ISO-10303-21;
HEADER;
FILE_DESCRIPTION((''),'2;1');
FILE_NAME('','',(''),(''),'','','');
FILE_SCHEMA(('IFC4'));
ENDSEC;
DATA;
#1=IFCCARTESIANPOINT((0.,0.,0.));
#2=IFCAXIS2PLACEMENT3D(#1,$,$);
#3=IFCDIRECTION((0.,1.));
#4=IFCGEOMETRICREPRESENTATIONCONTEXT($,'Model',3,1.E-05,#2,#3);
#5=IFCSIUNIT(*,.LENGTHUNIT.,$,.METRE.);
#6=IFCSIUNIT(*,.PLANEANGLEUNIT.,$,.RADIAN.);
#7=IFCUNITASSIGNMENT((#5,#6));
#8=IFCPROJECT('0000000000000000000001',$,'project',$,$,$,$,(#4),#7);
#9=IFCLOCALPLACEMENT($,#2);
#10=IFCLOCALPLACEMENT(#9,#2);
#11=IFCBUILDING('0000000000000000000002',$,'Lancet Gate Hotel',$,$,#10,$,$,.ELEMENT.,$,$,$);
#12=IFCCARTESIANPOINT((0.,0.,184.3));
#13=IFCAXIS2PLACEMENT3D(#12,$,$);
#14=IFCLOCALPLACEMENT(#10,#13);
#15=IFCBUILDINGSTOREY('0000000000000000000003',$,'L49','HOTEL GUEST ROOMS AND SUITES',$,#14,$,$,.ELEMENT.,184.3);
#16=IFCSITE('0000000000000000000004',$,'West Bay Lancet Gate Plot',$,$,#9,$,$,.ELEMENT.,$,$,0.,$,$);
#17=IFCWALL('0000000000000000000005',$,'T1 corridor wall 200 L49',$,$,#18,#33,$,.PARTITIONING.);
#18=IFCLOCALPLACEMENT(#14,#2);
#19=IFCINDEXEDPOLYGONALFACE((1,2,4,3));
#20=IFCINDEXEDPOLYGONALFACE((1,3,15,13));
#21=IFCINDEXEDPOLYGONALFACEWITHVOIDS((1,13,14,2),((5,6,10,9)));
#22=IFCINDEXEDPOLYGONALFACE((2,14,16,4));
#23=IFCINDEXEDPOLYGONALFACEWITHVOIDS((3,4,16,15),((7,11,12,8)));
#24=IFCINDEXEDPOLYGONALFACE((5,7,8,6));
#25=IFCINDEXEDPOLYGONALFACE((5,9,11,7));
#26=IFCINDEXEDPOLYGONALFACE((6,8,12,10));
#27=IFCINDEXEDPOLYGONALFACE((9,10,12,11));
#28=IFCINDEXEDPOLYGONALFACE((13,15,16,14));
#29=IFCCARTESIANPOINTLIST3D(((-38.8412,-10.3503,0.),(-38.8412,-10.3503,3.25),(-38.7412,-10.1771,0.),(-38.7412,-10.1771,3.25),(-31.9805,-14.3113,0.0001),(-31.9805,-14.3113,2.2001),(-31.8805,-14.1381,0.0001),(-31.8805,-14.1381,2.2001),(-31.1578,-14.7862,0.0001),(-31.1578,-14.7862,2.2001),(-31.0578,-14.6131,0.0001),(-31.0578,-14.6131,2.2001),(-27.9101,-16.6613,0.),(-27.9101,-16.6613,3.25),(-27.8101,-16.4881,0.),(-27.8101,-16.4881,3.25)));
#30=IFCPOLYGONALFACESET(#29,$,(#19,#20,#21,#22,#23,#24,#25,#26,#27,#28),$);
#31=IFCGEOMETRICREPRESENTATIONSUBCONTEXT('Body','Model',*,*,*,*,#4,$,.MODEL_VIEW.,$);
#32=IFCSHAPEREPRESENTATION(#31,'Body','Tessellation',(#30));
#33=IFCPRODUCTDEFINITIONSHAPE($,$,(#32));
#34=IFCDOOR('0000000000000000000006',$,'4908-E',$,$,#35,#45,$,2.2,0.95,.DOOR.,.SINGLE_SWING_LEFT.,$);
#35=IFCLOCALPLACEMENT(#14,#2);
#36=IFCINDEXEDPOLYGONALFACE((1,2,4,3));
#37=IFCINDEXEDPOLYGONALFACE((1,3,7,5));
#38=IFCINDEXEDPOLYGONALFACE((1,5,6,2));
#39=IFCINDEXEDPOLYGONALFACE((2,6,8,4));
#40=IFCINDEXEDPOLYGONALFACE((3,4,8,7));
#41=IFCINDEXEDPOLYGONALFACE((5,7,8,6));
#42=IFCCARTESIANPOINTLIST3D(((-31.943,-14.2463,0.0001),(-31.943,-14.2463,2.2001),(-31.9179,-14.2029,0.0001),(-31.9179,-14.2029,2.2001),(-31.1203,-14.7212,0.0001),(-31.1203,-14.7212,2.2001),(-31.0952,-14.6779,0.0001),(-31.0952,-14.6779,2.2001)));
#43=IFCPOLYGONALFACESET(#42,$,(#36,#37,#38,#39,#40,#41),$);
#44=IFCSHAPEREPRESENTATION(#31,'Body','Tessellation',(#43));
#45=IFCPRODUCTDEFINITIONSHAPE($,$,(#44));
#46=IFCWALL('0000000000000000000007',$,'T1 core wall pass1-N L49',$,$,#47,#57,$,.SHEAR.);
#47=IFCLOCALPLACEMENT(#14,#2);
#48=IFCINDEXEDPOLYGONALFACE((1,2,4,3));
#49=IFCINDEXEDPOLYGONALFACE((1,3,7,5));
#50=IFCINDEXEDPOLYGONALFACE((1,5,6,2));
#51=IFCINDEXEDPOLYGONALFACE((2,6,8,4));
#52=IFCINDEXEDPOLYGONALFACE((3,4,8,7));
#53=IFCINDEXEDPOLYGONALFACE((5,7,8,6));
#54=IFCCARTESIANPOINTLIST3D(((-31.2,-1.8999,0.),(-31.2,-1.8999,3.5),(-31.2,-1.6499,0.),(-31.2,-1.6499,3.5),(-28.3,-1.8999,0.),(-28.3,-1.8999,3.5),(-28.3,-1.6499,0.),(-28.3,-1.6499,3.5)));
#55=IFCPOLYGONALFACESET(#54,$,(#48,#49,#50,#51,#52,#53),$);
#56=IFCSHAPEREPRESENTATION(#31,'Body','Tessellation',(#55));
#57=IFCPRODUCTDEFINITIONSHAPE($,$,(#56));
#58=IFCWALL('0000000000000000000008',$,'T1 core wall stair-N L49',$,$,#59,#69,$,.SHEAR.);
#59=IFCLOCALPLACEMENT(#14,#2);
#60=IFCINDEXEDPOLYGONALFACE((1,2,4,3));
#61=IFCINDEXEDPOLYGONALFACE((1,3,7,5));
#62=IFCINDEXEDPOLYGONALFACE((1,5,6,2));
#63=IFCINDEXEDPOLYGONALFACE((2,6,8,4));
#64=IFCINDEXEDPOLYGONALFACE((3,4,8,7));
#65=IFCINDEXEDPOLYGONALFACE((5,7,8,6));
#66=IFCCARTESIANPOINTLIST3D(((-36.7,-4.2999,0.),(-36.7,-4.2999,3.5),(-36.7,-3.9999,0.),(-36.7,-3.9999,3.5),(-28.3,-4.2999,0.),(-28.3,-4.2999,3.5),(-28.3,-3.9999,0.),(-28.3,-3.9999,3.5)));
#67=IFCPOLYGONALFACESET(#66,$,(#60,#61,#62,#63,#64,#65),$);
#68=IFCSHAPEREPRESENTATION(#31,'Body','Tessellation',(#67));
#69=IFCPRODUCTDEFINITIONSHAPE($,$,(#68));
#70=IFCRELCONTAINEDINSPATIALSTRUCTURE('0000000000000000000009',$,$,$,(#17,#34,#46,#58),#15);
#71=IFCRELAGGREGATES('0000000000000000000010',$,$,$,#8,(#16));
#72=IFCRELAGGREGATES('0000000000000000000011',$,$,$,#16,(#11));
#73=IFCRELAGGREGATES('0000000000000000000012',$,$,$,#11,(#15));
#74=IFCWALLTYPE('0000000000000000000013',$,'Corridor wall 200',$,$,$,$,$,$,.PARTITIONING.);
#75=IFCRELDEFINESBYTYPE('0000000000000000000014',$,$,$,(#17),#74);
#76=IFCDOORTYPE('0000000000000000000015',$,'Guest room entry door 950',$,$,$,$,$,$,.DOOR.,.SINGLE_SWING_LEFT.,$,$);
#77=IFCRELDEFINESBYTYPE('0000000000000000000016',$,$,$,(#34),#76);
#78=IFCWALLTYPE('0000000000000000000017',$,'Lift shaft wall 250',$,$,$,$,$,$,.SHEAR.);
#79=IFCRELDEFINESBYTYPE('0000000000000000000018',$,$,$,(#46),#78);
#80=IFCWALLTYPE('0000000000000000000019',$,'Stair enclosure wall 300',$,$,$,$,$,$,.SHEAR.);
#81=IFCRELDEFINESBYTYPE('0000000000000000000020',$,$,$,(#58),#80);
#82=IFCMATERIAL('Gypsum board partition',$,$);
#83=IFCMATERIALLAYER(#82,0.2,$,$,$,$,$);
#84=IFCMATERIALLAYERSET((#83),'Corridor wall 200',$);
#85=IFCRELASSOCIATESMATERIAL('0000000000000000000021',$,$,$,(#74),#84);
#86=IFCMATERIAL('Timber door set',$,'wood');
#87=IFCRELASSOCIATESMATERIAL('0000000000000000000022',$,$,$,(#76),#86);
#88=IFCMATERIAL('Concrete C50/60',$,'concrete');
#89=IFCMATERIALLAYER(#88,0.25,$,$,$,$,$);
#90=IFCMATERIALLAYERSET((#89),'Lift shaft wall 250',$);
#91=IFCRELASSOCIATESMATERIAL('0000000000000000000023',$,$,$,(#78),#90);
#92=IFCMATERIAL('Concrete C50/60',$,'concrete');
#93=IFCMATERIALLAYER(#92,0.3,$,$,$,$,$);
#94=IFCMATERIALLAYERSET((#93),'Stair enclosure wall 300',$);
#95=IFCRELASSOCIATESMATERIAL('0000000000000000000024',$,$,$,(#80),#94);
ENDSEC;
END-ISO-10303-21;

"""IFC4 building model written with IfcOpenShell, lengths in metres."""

from ifc_helpers import new_model, si_unit, direction, frame, frame_2d, origin, place, context, subcontext, project, spatial, rectangle, extrude, material, layer, layer_set, type_object, element, fill, save


model = new_model("IFC4")

# Units and contexts
model_context = context("Model", 3, precision=1e-05, world=origin(), true_north=direction((0.0, 1.0)))
body_context = subcontext(model_context, "Body", "Model", "MODEL_VIEW")
ifc_project = project(units=[si_unit("LENGTHUNIT", "METRE"), si_unit("PLANEANGLEUNIT", "RADIAN")], contexts=[model_context])

# Site, building, storey
site_placement = place(None, origin())
site = spatial("IfcSite", under=ifc_project, at=site_placement, Name="West Bay Lancet Gate Plot", CompositionType="ELEMENT", RefElevation=0.0)
building_placement = place(site_placement, origin())
building = spatial("IfcBuilding", under=site, at=building_placement, Name="Lancet Gate Hotel", CompositionType="ELEMENT")
storey_placement = place(building_placement, frame((0.0, 0.0, 184.3)))
storey = spatial("IfcBuildingStorey", under=building, at=storey_placement, Name="L49", Description="HOTEL GUEST ROOMS AND SUITES", CompositionType="ELEMENT", Elevation=184.3)

# Wall, opening, door
ifc_material_1 = material(Name="Gypsum board partition")
ifc_layer_1 = layer(ifc_material_1, 0.2)
ifc_layer_set_1 = layer_set([ifc_layer_1], Name="Corridor wall 200")
wall_type_1 = type_object("IfcWallType", Name="Corridor wall 200", PredefinedType="PARTITIONING", material=ifc_layer_set_1)
wall_1_placement = place(storey_placement, frame((-27.8601, -16.5747, 0.0), z_axis=(0.0, 0.0, 1.0), x_axis=(-0.866028, 0.499996, 0.0)))
wall_1 = element("IfcWall", 1, at=wall_1_placement, inside=storey, type_object=wall_type_1, Name="T1 corridor wall 200 L49", PredefinedType="PARTITIONING", context=body_context, shape_type="SweptSolid", body=[
    extrude(rectangle(XDim=12.6221, YDim=0.2, at=frame_2d((6.311, 0.0))), origin(), (0.0, 0.0, 1.0), 3.25),
])
opening_1_placement = place(wall_1_placement, frame((3.75, 0.0, 0.0)))
opening_1 = element("IfcOpeningElement", 2, at=opening_1_placement, cuts=wall_1, PredefinedType="OPENING", context=body_context, shape_type="SweptSolid", body=[
    extrude(rectangle(XDim=0.95, YDim=2.2, at=frame_2d((0.4751, 1.1001))), frame((0.0, 0.1099, 0.0), z_axis=(0.0, -1.0, 0.0), x_axis=(1.0, 0.0, 0.0)), (0.0, 0.0, 1.0), 0.22),
])
ifc_material_2 = material(Name="Timber door set", Category="wood")
door_type_1 = type_object("IfcDoorType", Name="Guest room entry door 950", OperationType="SINGLE_SWING_LEFT", PredefinedType="DOOR", material=ifc_material_2)
door_1_placement = place(opening_1_placement, origin())
door_1 = element("IfcDoor", 3, at=door_1_placement, inside=storey, type_object=door_type_1, Name="4908-E", OperationType="SINGLE_SWING_LEFT", OverallHeight=2.2, OverallWidth=0.95, PredefinedType="DOOR", context=body_context, shape_type="SweptSolid", body=[
    extrude(rectangle(XDim=0.95, YDim=2.2, at=frame_2d((0.4751, 1.1001))), frame((0.0, 0.0249, 0.0), z_axis=(0.0, -1.0, 0.0), x_axis=(1.0, 0.0, 0.0)), (0.0, 0.0, 1.0), 0.05),
])
fill(opening_1, door_1)

# Walls
ifc_material_3 = material(Name="Concrete C50/60", Category="concrete")
ifc_layer_2 = layer(ifc_material_3, 0.25)
ifc_layer_set_2 = layer_set([ifc_layer_2], Name="Lift shaft wall 250")
wall_type_2 = type_object("IfcWallType", Name="Lift shaft wall 250", PredefinedType="SHEAR", material=ifc_layer_set_2)
wall_2_placement = place(storey_placement, frame((-28.3, -1.7749, 0.0), z_axis=(0.0, 0.0, 1.0), x_axis=(-1.0, 0.0, 0.0)))
element("IfcWall", 4, at=wall_2_placement, inside=storey, type_object=wall_type_2, Name="T1 core wall pass1-N L49", PredefinedType="SHEAR", context=body_context, shape_type="SweptSolid", body=[
    extrude(rectangle(XDim=2.8999, YDim=0.25, at=frame_2d((1.45, 0.0))), origin(), (0.0, 0.0, 1.0), 3.5),
])
ifc_material_4 = material(Name="Concrete C50/60", Category="concrete")
ifc_layer_3 = layer(ifc_material_4, 0.3)
ifc_layer_set_3 = layer_set([ifc_layer_3], Name="Stair enclosure wall 300")
wall_type_3 = type_object("IfcWallType", Name="Stair enclosure wall 300", PredefinedType="SHEAR", material=ifc_layer_set_3)
wall_3_placement = place(storey_placement, frame((-28.3, -4.1499, 0.0), z_axis=(0.0, 0.0, 1.0), x_axis=(-1.0, 0.0, 0.0)))
element("IfcWall", 5, at=wall_3_placement, inside=storey, type_object=wall_type_3, Name="T1 core wall stair-N L49", PredefinedType="SHEAR", context=body_context, shape_type="SweptSolid", body=[
    extrude(rectangle(XDim=8.3999, YDim=0.3, at=frame_2d((4.2, 0.0))), origin(), (0.0, 0.0, 1.0), 3.5),
])

save(model, "model.ifc")
